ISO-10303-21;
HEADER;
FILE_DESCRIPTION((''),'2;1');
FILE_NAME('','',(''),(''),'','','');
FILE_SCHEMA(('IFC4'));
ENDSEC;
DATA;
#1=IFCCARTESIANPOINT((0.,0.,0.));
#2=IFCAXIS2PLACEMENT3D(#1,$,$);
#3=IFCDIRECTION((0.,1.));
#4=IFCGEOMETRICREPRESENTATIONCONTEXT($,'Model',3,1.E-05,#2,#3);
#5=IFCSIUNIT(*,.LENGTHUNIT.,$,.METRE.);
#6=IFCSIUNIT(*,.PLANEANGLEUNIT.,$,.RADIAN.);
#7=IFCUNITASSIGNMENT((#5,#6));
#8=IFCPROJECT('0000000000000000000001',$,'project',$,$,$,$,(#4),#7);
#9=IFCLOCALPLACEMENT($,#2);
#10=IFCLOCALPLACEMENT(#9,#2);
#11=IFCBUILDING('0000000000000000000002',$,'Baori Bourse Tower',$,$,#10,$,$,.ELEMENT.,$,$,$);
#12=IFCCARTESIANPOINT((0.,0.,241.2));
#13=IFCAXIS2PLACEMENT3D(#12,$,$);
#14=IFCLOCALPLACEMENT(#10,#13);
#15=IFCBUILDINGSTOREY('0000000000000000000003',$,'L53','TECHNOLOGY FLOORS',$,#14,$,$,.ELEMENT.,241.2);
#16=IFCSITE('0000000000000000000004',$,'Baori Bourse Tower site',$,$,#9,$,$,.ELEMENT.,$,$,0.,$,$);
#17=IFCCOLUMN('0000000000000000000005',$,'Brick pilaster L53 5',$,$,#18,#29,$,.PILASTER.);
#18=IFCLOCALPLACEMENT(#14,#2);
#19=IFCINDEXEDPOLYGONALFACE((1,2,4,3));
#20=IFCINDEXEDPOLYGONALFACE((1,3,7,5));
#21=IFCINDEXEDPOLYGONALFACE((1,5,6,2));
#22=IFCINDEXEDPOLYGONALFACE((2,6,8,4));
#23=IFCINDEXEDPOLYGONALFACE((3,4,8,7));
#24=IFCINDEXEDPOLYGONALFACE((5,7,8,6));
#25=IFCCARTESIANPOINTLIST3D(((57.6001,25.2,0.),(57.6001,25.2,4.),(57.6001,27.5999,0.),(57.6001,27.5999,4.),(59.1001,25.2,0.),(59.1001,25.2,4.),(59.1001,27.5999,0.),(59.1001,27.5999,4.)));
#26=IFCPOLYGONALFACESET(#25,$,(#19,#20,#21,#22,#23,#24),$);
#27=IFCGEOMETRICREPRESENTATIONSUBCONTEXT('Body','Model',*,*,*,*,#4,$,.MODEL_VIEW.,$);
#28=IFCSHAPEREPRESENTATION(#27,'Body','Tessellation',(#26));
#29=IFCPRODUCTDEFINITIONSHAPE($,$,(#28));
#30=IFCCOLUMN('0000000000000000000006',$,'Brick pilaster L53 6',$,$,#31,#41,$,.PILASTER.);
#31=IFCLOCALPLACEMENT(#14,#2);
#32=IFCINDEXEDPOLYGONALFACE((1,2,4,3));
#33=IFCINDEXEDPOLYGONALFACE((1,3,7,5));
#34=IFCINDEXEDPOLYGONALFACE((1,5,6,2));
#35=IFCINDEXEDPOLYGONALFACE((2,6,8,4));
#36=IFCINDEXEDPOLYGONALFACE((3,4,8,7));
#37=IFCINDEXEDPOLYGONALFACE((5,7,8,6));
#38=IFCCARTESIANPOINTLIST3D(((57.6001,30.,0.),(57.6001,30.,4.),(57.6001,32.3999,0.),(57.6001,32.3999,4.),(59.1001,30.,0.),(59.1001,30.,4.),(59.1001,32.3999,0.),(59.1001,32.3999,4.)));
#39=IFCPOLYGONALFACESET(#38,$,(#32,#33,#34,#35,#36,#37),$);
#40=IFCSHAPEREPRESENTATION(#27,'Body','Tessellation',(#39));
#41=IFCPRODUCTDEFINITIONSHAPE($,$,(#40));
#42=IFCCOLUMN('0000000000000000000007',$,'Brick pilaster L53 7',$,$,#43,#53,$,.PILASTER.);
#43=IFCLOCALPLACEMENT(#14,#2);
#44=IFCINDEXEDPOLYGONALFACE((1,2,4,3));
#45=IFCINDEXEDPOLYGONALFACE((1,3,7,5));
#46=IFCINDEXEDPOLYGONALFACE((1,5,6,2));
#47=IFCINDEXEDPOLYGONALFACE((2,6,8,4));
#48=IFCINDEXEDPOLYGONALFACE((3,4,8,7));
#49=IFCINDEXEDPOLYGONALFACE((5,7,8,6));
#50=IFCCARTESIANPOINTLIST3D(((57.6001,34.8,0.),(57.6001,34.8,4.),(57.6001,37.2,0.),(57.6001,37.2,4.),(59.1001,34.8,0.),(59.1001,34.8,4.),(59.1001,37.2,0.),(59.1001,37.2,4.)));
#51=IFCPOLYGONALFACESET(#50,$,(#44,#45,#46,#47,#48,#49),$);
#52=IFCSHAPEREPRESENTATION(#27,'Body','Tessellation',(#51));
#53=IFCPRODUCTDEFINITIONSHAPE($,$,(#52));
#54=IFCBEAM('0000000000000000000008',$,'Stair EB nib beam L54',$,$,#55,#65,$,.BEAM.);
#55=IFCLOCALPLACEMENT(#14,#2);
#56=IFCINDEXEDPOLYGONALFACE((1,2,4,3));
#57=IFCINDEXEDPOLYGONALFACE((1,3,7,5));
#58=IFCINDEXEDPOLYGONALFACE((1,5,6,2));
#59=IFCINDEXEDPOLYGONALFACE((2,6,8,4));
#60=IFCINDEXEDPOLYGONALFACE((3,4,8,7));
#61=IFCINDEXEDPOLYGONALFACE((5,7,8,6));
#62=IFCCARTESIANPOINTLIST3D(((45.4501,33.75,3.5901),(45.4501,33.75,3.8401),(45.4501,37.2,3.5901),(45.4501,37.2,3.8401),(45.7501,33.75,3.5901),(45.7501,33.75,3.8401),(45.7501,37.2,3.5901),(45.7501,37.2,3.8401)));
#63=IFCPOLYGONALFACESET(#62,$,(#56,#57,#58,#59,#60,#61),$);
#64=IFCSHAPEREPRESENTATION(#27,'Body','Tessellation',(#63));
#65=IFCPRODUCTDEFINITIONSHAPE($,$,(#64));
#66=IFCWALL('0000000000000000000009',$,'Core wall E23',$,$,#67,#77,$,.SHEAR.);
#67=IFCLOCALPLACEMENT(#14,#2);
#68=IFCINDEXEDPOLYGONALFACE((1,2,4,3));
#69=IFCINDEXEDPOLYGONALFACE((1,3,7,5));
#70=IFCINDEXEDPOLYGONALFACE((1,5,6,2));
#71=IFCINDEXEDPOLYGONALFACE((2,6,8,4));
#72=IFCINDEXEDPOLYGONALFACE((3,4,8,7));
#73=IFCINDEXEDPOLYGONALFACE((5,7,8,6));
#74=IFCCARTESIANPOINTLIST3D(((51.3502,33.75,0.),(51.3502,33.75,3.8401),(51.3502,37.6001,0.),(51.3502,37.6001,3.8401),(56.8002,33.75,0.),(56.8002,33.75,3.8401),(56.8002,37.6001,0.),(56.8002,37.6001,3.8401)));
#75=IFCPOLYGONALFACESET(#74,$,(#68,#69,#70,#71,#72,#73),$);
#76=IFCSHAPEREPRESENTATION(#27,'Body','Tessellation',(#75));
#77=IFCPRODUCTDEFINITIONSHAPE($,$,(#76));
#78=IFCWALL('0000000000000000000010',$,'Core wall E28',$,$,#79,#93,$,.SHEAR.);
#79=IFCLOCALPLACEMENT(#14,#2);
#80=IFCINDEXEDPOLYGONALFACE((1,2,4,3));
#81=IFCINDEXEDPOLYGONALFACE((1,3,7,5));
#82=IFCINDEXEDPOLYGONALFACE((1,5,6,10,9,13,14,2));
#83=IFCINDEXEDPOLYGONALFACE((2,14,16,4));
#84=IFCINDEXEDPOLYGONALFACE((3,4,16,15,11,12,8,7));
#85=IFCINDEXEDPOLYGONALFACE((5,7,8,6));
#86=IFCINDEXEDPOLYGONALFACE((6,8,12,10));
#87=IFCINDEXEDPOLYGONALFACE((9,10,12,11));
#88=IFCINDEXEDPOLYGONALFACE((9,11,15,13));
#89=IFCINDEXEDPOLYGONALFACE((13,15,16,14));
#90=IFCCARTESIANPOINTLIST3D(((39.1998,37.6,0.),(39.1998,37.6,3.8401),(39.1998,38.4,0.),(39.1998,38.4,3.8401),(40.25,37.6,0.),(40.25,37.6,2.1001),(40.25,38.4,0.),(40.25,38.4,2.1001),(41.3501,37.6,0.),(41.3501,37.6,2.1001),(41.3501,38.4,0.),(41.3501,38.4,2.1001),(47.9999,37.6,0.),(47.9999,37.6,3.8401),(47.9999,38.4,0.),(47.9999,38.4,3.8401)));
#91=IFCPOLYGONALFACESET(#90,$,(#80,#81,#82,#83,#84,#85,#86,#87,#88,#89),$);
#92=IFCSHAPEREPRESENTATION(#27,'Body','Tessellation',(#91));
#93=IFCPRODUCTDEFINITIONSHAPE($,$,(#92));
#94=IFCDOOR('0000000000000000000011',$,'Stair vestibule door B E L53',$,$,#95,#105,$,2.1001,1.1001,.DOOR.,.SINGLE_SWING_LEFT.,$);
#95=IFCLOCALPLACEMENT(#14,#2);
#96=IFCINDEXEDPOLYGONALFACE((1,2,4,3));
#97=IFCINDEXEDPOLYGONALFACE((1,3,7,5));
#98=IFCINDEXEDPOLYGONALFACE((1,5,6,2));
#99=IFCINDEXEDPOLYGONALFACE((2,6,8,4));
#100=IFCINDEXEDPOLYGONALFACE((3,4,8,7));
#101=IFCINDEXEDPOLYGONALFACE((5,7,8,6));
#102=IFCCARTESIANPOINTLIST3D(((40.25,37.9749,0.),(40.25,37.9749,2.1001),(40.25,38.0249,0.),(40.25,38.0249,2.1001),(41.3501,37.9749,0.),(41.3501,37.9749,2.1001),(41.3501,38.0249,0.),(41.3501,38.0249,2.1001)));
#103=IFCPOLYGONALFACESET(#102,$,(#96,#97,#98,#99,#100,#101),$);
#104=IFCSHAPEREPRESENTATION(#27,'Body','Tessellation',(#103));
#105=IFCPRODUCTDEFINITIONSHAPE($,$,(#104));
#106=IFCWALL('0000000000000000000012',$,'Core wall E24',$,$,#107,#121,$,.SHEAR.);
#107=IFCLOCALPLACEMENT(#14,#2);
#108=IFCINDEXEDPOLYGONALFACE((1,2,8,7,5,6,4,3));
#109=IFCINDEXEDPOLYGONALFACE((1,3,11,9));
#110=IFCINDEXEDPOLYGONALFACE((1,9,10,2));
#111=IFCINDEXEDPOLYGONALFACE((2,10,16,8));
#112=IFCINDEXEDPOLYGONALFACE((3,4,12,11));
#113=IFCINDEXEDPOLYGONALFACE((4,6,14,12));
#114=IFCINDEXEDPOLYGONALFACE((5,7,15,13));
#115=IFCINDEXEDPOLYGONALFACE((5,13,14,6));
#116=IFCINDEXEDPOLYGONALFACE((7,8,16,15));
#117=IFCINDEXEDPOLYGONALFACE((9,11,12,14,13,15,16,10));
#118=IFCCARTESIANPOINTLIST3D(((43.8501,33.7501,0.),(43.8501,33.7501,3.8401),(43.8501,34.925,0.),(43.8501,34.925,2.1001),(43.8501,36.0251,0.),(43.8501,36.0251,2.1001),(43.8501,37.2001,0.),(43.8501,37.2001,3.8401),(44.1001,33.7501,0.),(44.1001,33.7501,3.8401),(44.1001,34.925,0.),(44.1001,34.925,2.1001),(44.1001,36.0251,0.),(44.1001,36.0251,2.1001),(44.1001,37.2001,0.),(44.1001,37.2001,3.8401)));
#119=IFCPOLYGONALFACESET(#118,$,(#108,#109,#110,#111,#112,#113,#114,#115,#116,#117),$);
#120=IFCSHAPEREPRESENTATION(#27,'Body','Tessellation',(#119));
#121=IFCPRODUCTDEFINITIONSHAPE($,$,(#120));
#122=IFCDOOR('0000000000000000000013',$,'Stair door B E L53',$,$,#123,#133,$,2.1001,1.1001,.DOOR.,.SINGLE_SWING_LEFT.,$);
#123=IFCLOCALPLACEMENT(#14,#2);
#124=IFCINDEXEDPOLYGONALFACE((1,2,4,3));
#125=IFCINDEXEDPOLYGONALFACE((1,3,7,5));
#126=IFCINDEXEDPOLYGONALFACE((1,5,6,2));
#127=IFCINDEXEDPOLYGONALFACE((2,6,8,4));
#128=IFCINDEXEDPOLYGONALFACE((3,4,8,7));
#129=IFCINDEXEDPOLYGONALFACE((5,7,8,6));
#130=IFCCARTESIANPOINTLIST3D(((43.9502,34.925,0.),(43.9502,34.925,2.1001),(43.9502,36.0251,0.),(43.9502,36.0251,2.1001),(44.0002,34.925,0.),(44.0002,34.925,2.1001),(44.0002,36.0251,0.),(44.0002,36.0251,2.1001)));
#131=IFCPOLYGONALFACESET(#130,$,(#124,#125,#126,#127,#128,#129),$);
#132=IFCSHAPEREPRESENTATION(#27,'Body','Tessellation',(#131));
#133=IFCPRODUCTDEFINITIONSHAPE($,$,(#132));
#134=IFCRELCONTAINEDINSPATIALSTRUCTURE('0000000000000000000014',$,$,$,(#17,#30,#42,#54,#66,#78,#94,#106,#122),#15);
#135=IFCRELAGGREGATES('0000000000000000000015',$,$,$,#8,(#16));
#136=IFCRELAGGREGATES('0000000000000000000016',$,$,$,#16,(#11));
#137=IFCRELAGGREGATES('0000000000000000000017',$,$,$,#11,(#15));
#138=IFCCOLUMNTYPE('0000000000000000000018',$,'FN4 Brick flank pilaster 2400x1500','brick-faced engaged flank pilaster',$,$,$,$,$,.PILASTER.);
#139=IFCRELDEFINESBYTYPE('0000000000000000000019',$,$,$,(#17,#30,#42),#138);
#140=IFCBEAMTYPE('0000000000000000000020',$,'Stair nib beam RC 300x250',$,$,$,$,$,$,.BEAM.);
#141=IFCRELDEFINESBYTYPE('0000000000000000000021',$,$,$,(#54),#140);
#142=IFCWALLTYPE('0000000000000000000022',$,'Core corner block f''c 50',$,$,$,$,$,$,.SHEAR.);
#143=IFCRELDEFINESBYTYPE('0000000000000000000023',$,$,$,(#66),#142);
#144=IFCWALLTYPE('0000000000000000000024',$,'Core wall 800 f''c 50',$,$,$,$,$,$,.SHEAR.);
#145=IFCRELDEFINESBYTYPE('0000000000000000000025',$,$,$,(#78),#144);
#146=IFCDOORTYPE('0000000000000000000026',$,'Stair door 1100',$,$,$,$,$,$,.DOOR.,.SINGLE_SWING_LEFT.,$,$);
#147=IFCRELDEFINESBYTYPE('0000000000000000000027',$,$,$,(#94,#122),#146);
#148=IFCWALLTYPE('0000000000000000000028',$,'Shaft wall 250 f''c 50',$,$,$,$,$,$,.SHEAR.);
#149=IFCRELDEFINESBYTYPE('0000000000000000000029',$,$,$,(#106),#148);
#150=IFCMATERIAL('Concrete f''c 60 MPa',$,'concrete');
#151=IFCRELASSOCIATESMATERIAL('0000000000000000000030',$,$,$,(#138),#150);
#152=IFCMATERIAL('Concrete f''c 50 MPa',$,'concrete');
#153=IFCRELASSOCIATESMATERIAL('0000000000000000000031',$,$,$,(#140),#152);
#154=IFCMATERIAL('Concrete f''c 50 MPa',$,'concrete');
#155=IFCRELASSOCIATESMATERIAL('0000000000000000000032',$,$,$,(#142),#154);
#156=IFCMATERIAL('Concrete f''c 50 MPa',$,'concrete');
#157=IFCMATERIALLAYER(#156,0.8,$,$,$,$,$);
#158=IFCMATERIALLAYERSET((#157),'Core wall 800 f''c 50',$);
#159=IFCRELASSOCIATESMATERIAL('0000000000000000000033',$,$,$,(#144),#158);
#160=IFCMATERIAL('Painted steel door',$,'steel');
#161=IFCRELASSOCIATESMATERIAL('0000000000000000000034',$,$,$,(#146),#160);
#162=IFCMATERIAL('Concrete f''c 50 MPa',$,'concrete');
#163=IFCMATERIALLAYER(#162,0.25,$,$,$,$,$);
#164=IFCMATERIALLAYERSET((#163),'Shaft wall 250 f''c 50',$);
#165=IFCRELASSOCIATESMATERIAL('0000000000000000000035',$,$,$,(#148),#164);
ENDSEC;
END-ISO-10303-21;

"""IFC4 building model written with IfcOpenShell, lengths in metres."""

from ifc_helpers import new_model, si_unit, direction, frame, frame_2d, origin, origin_2d, place, context, subcontext, project, spatial, rectangle, extrude, material, layer, layer_set, material_profile, profile_set, type_object, element, fill, save


model = new_model("IFC4")

# Units and contexts
model_context = context("Model", 3, precision=1e-05, world=origin(), true_north=direction((0.0, 1.0)))
body_context = subcontext(model_context, "Body", "Model", "MODEL_VIEW")
ifc_project = project(units=[si_unit("LENGTHUNIT", "METRE"), si_unit("PLANEANGLEUNIT", "RADIAN")], contexts=[model_context])

# Site, building, storey
site_placement = place(None, origin())
site = spatial("IfcSite", under=ifc_project, at=site_placement, Name="Baori Bourse Tower site", CompositionType="ELEMENT", RefElevation=0.0)
building_placement = place(site_placement, origin())
building = spatial("IfcBuilding", under=site, at=building_placement, Name="Baori Bourse Tower", CompositionType="ELEMENT")
storey_placement = place(building_placement, frame((0.0, 0.0, 241.2)))
storey = spatial("IfcBuildingStorey", under=building, at=storey_placement, Name="L53", Description="TECHNOLOGY FLOORS", CompositionType="ELEMENT", Elevation=241.2)

# Columns
ifc_material_1 = material(Name="Concrete f'c 60 MPa", Category="concrete")
ifc_material_profile_1 = material_profile(ifc_material_1, rectangle(XDim=2.3999, YDim=1.5, at=origin_2d()), Name="RC 2400x1500")
ifc_profile_set_1 = profile_set([ifc_material_profile_1], Name="Concrete f'c 60 MPa")
column_type = type_object("IfcColumnType", Name="FN4 Brick flank pilaster 2400x1500", Description="brick-faced engaged flank pilaster", PredefinedType="PILASTER", material=ifc_profile_set_1)
for number, where, z_axis, x_axis, name in (
    (1, (58.3501, 26.3999, 0.0), (0.0, 0.0, 1.0), (0.0, 1.0, 0.0), "Brick pilaster L53 5"),
    (2, (58.3501, 31.2, 0.0), (0.0, 0.0, 1.0), (0.0, 1.0, 0.0), "Brick pilaster L53 6"),
    (3, (58.3501, 36.0, 0.0), (0.0, 0.0, 1.0), (0.0, 1.0, 0.0), "Brick pilaster L53 7"),
):
    element("IfcColumn", number, at=place(storey_placement, frame(where, z_axis=z_axis, x_axis=x_axis)), inside=storey, type_object=column_type, Name=name, PredefinedType="PILASTER", context=body_context, shape_type="SweptSolid", body=[
        extrude(rectangle(XDim=2.3999, YDim=1.5, at=origin_2d()), origin(), (0.0, 0.0, 1.0), 4.0),
    ])

# Beam
ifc_material_2 = material(Name="Concrete f'c 50 MPa", Category="concrete")
ifc_material_profile_2 = material_profile(ifc_material_2, rectangle(XDim=0.3, YDim=0.25, at=origin_2d()), Name="RC 300x250")
ifc_profile_set_2 = profile_set([ifc_material_profile_2], Name="Concrete f'c 50 MPa")
beam_type = type_object("IfcBeamType", Name="Stair nib beam RC 300x250", PredefinedType="BEAM", material=ifc_profile_set_2)
beam_placement = place(storey_placement, frame((45.6001, 33.75, 3.7151), z_axis=(0.0, 1.0, 0.0), x_axis=(-1.0, 0.0, 0.0)))
element("IfcBeam", 4, at=beam_placement, inside=storey, type_object=beam_type, Name="Stair EB nib beam L54", PredefinedType="BEAM", context=body_context, shape_type="SweptSolid", body=[
    extrude(rectangle(XDim=0.3, YDim=0.25, at=origin_2d()), origin(), (0.0, 0.0, 1.0), 3.45),
])

# Wall
ifc_material_3 = material(Name="Concrete f'c 50 MPa", Category="concrete")
wall_type_1 = type_object("IfcWallType", Name="Core corner block f'c 50", PredefinedType="SHEAR", material=ifc_material_3)
wall_1_placement = place(storey_placement, frame((51.3501, 35.675, 0.0), z_axis=(0.0, 0.0, 1.0), x_axis=(1.0, 0.0, 0.0)))
element("IfcWall", 5, at=wall_1_placement, inside=storey, type_object=wall_type_1, Name="Core wall E23", PredefinedType="SHEAR", context=body_context, shape_type="SweptSolid", body=[
    extrude(rectangle(XDim=5.45, YDim=3.8501, at=frame_2d((2.7251, 0.0))), origin(), (0.0, 0.0, 1.0), 3.8401),
])

# Walls, openings, doors
ifc_material_4 = material(Name="Concrete f'c 50 MPa", Category="concrete")
ifc_layer_1 = layer(ifc_material_4, 0.8)
ifc_layer_set_1 = layer_set([ifc_layer_1], Name="Core wall 800 f'c 50")
wall_type_2 = type_object("IfcWallType", Name="Core wall 800 f'c 50", PredefinedType="SHEAR", material=ifc_layer_set_1)
wall_2_placement = place(storey_placement, frame((39.2, 38.0, 0.0), z_axis=(0.0, 0.0, 1.0), x_axis=(1.0, 0.0, 0.0)))
wall_2 = element("IfcWall", 6, at=wall_2_placement, inside=storey, type_object=wall_type_2, Name="Core wall E28", PredefinedType="SHEAR", context=body_context, shape_type="SweptSolid", body=[
    extrude(rectangle(XDim=8.8, YDim=0.8, at=frame_2d((4.3999, 0.0))), origin(), (0.0, 0.0, 1.0), 3.8401),
])
opening_1_placement = place(wall_2_placement, frame((1.05, 0.0, 0.0)))
opening_1 = element("IfcOpeningElement", 7, at=opening_1_placement, cuts=wall_2, PredefinedType="OPENING", context=body_context, shape_type="SweptSolid", body=[
    extrude(rectangle(XDim=1.1001, YDim=2.1001, at=frame_2d((0.55, 1.05))), frame((0.0, 0.4099, 0.0), z_axis=(0.0, -1.0, 0.0), x_axis=(1.0, 0.0, 0.0)), (0.0, 0.0, 1.0), 0.8201),
])
ifc_material_5 = material(Name="Painted steel door", Category="steel")
door_type_1 = type_object("IfcDoorType", Name="Stair door 1100", OperationType="SINGLE_SWING_LEFT", PredefinedType="DOOR", material=ifc_material_5)
door_1_placement = place(opening_1_placement, origin())
door_1 = element("IfcDoor", 8, at=door_1_placement, inside=storey, type_object=door_type_1, Name="Stair vestibule door B E L53", OperationType="SINGLE_SWING_LEFT", OverallHeight=2.1001, OverallWidth=1.1001, PredefinedType="DOOR", context=body_context, shape_type="SweptSolid", body=[
    extrude(rectangle(XDim=1.1001, YDim=2.1001, at=frame_2d((0.55, 1.05))), frame((0.0, 0.0249, 0.0), z_axis=(0.0, -1.0, 0.0), x_axis=(1.0, 0.0, 0.0)), (0.0, 0.0, 1.0), 0.05),
])
fill(opening_1, door_1)
ifc_material_6 = material(Name="Concrete f'c 50 MPa", Category="concrete")
ifc_layer_2 = layer(ifc_material_6, 0.25)
ifc_layer_set_2 = layer_set([ifc_layer_2], Name="Shaft wall 250 f'c 50")
wall_type_3 = type_object("IfcWallType", Name="Shaft wall 250 f'c 50", PredefinedType="SHEAR", material=ifc_layer_set_2)
wall_3_placement = place(storey_placement, frame((43.9751, 33.75, 0.0), z_axis=(0.0, 0.0, 1.0), x_axis=(0.0, 1.0, 0.0)))
wall_3 = element("IfcWall", 9, at=wall_3_placement, inside=storey, type_object=wall_type_3, Name="Core wall E24", PredefinedType="SHEAR", context=body_context, shape_type="SweptSolid", body=[
    extrude(rectangle(XDim=3.45, YDim=0.25, at=frame_2d((1.7251, 0.0))), origin(), (0.0, 0.0, 1.0), 3.8401),
])
opening_2_placement = place(wall_3_placement, frame((1.175, 0.0, 0.0)))
opening_2 = element("IfcOpeningElement", 10, at=opening_2_placement, cuts=wall_3, PredefinedType="OPENING", context=body_context, shape_type="SweptSolid", body=[
    extrude(rectangle(XDim=1.1001, YDim=2.1001, at=frame_2d((0.55, 1.05))), frame((0.0, 0.135, 0.0), z_axis=(0.0, -1.0, 0.0), x_axis=(1.0, 0.0, 0.0)), (0.0, 0.0, 1.0), 0.27),
])
door_2_placement = place(opening_2_placement, origin())
door_2 = element("IfcDoor", 11, at=door_2_placement, inside=storey, type_object=door_type_1, Name="Stair door B E L53", OperationType="SINGLE_SWING_LEFT", OverallHeight=2.1001, OverallWidth=1.1001, PredefinedType="DOOR", context=body_context, shape_type="SweptSolid", body=[
    extrude(rectangle(XDim=1.1001, YDim=2.1001, at=frame_2d((0.55, 1.05))), frame((0.0, 0.0249, 0.0), z_axis=(0.0, -1.0, 0.0), x_axis=(1.0, 0.0, 0.0)), (0.0, 0.0, 1.0), 0.05),
])
fill(opening_2, door_2)

save(model, "model.ifc")
